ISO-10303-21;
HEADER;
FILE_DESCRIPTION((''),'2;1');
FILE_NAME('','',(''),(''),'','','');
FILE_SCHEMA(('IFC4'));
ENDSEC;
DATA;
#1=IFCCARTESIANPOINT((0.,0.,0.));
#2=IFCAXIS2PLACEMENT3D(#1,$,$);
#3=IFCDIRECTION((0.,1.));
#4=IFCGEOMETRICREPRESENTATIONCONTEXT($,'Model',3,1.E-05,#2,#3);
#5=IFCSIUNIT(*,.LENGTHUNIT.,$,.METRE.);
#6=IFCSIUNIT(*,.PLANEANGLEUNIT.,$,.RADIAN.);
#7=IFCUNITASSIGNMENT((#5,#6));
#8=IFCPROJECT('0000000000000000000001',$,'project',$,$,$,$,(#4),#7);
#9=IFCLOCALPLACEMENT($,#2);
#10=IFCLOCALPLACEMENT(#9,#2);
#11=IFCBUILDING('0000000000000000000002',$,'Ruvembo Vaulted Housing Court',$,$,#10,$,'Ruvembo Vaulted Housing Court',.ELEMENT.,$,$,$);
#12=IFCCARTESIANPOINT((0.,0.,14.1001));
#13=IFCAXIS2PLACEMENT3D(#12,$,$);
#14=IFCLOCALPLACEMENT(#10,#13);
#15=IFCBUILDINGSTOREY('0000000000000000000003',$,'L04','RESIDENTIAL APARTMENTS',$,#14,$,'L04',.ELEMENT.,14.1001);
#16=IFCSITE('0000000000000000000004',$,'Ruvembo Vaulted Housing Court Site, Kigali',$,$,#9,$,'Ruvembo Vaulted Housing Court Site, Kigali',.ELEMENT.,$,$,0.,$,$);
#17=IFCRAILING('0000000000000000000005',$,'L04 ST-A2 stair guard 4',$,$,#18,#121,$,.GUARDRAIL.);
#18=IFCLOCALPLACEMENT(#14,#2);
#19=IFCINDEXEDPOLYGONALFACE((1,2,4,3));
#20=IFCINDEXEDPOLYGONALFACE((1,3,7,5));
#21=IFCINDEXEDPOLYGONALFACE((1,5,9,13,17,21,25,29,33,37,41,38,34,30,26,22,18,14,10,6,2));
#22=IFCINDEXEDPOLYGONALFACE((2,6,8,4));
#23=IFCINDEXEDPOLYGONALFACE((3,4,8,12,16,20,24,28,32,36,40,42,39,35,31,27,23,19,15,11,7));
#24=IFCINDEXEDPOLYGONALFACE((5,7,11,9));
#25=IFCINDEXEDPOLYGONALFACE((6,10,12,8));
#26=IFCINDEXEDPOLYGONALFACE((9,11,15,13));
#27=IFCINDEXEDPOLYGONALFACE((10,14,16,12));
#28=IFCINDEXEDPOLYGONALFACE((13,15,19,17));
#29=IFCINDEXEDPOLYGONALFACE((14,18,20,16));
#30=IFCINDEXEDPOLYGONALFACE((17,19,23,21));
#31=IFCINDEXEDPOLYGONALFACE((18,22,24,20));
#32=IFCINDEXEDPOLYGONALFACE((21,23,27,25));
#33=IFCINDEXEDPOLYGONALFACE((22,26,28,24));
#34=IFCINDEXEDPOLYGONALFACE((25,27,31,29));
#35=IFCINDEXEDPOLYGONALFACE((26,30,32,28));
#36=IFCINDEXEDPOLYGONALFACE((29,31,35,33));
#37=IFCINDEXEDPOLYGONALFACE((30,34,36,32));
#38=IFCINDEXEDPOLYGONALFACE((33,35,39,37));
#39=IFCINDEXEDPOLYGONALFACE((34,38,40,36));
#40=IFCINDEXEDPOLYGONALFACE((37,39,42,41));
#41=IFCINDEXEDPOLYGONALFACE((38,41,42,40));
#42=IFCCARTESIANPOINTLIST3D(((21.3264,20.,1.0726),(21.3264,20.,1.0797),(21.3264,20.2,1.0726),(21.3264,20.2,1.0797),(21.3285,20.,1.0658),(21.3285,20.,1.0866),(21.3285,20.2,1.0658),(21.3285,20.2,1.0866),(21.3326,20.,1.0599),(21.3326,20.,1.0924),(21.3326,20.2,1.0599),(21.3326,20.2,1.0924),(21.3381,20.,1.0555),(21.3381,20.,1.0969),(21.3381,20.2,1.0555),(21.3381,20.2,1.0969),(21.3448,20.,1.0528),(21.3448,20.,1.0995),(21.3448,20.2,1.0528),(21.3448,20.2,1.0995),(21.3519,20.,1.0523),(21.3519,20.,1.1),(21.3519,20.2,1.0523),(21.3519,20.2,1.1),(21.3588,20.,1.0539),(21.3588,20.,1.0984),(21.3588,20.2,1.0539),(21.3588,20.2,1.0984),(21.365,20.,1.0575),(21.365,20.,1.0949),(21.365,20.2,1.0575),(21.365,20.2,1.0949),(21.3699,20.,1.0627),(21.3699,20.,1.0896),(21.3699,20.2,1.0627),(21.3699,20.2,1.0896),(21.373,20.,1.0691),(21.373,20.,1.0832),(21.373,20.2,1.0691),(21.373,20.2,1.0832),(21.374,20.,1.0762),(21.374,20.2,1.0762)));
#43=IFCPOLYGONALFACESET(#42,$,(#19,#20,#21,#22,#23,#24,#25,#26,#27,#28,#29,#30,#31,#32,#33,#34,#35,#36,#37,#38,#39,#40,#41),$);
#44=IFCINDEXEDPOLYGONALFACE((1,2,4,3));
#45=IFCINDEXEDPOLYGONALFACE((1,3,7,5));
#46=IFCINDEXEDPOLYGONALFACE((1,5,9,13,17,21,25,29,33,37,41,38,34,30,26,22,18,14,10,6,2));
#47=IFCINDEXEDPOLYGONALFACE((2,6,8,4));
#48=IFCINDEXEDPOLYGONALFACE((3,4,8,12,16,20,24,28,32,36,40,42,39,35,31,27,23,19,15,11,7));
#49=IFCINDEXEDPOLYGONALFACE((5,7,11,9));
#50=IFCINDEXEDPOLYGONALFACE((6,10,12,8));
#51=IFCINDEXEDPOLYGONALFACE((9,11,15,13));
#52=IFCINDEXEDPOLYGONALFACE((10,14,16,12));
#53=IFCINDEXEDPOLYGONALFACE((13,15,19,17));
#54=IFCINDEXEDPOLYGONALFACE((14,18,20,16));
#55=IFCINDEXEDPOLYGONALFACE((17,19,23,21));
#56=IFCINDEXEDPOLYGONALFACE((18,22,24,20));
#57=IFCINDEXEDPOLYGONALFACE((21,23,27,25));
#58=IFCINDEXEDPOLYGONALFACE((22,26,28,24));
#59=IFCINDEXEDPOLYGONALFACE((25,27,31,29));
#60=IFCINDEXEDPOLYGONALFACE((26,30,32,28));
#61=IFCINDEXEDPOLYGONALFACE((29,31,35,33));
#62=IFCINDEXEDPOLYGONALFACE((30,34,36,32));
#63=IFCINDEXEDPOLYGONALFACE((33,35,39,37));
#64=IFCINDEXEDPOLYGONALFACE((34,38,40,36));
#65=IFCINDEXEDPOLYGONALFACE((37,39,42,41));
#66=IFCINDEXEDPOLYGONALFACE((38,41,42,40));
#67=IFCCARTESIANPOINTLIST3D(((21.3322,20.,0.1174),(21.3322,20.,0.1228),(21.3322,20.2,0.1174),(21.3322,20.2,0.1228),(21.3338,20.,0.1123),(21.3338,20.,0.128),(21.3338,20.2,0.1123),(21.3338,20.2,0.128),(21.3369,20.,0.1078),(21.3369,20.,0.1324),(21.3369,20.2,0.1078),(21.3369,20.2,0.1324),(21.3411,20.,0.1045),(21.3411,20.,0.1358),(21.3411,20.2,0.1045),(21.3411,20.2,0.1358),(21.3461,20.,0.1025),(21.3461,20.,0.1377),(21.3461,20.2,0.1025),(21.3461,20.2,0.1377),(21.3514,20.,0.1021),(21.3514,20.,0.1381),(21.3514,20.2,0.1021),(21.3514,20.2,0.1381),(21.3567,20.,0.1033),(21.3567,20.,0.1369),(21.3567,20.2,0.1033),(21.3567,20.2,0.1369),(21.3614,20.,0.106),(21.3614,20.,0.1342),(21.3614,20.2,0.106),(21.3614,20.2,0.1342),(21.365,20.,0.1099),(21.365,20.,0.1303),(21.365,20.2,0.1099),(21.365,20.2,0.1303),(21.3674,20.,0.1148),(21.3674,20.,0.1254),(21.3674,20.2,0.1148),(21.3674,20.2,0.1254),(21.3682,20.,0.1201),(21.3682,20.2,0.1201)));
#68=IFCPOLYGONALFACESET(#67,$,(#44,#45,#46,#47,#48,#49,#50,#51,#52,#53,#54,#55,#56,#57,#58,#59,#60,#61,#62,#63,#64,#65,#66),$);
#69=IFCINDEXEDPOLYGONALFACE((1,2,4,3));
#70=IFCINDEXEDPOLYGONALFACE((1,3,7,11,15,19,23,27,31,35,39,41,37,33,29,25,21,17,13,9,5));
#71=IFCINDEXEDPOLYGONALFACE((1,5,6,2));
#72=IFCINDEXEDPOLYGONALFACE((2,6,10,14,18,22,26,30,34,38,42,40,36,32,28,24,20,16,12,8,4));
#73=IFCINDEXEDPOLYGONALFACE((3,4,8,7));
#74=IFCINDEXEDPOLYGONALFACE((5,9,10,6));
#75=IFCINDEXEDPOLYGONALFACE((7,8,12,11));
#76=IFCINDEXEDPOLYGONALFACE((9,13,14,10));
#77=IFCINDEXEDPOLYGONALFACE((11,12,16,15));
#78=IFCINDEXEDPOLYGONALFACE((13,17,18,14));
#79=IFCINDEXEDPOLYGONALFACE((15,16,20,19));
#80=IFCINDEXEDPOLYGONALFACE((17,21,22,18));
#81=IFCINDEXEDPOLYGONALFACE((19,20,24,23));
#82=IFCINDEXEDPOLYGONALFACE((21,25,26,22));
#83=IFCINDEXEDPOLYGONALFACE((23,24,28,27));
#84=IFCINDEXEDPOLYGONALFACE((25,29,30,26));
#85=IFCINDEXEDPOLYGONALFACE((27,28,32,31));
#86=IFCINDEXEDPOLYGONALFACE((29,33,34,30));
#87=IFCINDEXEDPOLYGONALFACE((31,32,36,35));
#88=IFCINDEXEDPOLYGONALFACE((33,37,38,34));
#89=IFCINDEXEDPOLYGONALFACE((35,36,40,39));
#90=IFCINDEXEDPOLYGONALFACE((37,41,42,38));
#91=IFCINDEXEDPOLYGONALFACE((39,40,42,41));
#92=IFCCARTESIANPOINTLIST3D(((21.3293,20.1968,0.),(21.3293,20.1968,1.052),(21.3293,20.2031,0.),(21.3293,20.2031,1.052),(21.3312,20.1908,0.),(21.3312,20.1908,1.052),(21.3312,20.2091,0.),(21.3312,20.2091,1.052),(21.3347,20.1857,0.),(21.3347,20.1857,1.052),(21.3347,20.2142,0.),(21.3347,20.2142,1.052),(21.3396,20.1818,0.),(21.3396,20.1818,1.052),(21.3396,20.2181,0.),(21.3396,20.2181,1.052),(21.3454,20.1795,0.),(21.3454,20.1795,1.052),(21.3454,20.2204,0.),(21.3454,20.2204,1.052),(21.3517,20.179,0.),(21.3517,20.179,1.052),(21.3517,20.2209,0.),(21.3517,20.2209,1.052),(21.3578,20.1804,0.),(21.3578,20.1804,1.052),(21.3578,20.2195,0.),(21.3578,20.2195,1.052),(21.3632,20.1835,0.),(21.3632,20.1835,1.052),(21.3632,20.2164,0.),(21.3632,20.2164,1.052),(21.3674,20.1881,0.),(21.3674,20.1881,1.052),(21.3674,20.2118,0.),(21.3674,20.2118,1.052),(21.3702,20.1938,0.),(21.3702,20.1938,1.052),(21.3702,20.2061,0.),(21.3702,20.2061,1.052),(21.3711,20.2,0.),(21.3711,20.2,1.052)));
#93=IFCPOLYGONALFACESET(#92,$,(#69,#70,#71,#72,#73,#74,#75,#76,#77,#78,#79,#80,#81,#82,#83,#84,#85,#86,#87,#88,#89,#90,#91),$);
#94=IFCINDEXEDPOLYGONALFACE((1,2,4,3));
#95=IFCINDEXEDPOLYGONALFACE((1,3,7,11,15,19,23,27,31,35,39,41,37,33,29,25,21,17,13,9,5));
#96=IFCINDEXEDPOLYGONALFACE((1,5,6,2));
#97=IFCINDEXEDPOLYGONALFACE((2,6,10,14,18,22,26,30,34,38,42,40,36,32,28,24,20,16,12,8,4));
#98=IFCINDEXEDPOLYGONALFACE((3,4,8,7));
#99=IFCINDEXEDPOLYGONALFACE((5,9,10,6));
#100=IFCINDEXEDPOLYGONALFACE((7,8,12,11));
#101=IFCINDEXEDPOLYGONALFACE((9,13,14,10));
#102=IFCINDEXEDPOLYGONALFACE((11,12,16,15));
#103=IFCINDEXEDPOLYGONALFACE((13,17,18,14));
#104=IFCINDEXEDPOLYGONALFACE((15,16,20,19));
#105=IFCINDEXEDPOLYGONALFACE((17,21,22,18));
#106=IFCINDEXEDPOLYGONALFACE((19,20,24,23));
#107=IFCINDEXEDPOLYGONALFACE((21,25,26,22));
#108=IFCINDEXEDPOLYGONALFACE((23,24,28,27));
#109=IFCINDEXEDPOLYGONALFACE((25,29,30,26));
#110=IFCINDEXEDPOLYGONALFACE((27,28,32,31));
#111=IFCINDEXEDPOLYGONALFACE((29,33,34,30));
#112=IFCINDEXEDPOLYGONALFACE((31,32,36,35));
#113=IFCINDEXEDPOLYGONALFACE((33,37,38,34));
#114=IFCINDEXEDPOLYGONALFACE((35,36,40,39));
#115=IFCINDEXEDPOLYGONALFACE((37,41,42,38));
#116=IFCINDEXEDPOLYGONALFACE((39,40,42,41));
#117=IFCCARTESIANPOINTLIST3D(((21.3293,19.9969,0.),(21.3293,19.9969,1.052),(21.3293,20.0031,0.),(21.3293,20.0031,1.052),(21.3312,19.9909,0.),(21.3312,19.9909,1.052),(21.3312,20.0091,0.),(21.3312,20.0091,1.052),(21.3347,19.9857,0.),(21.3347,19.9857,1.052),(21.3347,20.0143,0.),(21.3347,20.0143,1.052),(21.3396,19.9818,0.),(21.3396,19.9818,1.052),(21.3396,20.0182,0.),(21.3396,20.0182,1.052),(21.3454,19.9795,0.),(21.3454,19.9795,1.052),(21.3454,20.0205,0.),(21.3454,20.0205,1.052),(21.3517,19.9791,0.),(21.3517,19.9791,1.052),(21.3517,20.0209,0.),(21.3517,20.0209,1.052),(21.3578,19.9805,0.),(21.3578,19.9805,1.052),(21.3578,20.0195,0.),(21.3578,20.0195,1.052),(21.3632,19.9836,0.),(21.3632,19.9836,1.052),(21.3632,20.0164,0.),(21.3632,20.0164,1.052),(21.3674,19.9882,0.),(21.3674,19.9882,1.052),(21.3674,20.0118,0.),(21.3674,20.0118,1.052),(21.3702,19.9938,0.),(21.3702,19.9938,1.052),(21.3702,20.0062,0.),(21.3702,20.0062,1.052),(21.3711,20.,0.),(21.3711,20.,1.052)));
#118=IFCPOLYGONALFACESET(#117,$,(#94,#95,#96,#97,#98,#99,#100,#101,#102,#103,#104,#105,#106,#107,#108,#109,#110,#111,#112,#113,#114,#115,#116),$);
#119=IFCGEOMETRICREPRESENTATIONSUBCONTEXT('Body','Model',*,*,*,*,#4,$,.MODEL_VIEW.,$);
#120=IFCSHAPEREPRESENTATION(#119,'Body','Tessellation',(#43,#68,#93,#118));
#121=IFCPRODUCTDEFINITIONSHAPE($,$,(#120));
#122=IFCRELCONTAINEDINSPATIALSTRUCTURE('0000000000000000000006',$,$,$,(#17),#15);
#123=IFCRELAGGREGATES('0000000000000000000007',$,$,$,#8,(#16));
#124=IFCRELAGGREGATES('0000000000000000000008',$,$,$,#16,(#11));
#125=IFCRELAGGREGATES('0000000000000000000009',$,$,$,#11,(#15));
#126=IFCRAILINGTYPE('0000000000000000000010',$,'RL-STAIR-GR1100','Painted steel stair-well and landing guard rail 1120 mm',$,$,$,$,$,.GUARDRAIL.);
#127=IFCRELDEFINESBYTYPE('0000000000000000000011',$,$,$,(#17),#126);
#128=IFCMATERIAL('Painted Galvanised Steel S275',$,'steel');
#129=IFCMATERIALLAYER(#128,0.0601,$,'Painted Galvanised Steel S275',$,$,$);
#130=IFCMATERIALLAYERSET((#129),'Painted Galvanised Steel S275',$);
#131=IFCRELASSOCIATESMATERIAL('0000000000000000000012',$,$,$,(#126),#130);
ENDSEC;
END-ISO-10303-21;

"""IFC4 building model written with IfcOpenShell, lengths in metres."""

from ifc_helpers import new_model, si_unit, direction, frame, origin, origin_2d, place, context, subcontext, project, spatial, circle, extrude, material, layer, layer_set, type_object, element, save


model = new_model("IFC4")

# Units and contexts
model_context = context("Model", 3, precision=1e-05, world=origin(), true_north=direction((0.0, 1.0)))
body_context = subcontext(model_context, "Body", "Model", "MODEL_VIEW")
ifc_project = project(units=[si_unit("LENGTHUNIT", "METRE"), si_unit("PLANEANGLEUNIT", "RADIAN")], contexts=[model_context])

# Site, building, storey
site_placement = place(None, origin())
site = spatial("IfcSite", under=ifc_project, at=site_placement, Name="Ruvembo Vaulted Housing Court Site, Kigali", LongName="Ruvembo Vaulted Housing Court Site, Kigali", CompositionType="ELEMENT", RefElevation=0.0)
building_placement = place(site_placement, origin())
building = spatial("IfcBuilding", under=site, at=building_placement, Name="Ruvembo Vaulted Housing Court", LongName="Ruvembo Vaulted Housing Court", CompositionType="ELEMENT")
storey_placement = place(building_placement, frame((0.0, 0.0, 14.1001)))
storey = spatial("IfcBuildingStorey", under=building, at=storey_placement, Name="L04", Description="RESIDENTIAL APARTMENTS", LongName="L04", CompositionType="ELEMENT", Elevation=14.1001)

# Railing
ifc_material_1 = material(Name="Painted Galvanised Steel S275", Category="steel")
ifc_layer_1 = layer(ifc_material_1, 0.0601, Name="Painted Galvanised Steel S275")
ifc_layer_set_1 = layer_set([ifc_layer_1], Name="Painted Galvanised Steel S275")
railing_type_1 = type_object("IfcRailingType", Name="RL-STAIR-GR1100", Description="Painted steel stair-well and landing guard rail 1120 mm", PredefinedType="GUARDRAIL", material=ifc_layer_set_1)
railing_1_placement = place(storey_placement, frame((21.3501, 20.2, 0.0)))
element("IfcRailing", 1, at=railing_1_placement, inside=storey, type_object=railing_type_1, Name="L04 ST-A2 stair guard 4", PredefinedType="GUARDRAIL", context=body_context, shape_type="SweptSolid", body=[
    extrude(circle(Radius=0.0239, at=origin_2d()), frame((0.0, 0.0, 1.0762), z_axis=(0.0, -1.0, 0.0), x_axis=(1.0, 0.0, 0.0)), (0.0, 0.0, 1.0), 0.2),
    extrude(circle(Radius=0.0181, at=origin_2d()), frame((0.0, 0.0, 0.1201), z_axis=(0.0, -1.0, 0.0), x_axis=(1.0, 0.0, 0.0)), (0.0, 0.0, 1.0), 0.2),
    extrude(circle(Radius=0.021, at=origin_2d()), origin(), (0.0, 0.0, 1.0), 1.052),
    extrude(circle(Radius=0.021, at=origin_2d()), frame((0.0, -0.2, 0.0)), (0.0, 0.0, 1.0), 1.052),
])

save(model, "model.ifc")
